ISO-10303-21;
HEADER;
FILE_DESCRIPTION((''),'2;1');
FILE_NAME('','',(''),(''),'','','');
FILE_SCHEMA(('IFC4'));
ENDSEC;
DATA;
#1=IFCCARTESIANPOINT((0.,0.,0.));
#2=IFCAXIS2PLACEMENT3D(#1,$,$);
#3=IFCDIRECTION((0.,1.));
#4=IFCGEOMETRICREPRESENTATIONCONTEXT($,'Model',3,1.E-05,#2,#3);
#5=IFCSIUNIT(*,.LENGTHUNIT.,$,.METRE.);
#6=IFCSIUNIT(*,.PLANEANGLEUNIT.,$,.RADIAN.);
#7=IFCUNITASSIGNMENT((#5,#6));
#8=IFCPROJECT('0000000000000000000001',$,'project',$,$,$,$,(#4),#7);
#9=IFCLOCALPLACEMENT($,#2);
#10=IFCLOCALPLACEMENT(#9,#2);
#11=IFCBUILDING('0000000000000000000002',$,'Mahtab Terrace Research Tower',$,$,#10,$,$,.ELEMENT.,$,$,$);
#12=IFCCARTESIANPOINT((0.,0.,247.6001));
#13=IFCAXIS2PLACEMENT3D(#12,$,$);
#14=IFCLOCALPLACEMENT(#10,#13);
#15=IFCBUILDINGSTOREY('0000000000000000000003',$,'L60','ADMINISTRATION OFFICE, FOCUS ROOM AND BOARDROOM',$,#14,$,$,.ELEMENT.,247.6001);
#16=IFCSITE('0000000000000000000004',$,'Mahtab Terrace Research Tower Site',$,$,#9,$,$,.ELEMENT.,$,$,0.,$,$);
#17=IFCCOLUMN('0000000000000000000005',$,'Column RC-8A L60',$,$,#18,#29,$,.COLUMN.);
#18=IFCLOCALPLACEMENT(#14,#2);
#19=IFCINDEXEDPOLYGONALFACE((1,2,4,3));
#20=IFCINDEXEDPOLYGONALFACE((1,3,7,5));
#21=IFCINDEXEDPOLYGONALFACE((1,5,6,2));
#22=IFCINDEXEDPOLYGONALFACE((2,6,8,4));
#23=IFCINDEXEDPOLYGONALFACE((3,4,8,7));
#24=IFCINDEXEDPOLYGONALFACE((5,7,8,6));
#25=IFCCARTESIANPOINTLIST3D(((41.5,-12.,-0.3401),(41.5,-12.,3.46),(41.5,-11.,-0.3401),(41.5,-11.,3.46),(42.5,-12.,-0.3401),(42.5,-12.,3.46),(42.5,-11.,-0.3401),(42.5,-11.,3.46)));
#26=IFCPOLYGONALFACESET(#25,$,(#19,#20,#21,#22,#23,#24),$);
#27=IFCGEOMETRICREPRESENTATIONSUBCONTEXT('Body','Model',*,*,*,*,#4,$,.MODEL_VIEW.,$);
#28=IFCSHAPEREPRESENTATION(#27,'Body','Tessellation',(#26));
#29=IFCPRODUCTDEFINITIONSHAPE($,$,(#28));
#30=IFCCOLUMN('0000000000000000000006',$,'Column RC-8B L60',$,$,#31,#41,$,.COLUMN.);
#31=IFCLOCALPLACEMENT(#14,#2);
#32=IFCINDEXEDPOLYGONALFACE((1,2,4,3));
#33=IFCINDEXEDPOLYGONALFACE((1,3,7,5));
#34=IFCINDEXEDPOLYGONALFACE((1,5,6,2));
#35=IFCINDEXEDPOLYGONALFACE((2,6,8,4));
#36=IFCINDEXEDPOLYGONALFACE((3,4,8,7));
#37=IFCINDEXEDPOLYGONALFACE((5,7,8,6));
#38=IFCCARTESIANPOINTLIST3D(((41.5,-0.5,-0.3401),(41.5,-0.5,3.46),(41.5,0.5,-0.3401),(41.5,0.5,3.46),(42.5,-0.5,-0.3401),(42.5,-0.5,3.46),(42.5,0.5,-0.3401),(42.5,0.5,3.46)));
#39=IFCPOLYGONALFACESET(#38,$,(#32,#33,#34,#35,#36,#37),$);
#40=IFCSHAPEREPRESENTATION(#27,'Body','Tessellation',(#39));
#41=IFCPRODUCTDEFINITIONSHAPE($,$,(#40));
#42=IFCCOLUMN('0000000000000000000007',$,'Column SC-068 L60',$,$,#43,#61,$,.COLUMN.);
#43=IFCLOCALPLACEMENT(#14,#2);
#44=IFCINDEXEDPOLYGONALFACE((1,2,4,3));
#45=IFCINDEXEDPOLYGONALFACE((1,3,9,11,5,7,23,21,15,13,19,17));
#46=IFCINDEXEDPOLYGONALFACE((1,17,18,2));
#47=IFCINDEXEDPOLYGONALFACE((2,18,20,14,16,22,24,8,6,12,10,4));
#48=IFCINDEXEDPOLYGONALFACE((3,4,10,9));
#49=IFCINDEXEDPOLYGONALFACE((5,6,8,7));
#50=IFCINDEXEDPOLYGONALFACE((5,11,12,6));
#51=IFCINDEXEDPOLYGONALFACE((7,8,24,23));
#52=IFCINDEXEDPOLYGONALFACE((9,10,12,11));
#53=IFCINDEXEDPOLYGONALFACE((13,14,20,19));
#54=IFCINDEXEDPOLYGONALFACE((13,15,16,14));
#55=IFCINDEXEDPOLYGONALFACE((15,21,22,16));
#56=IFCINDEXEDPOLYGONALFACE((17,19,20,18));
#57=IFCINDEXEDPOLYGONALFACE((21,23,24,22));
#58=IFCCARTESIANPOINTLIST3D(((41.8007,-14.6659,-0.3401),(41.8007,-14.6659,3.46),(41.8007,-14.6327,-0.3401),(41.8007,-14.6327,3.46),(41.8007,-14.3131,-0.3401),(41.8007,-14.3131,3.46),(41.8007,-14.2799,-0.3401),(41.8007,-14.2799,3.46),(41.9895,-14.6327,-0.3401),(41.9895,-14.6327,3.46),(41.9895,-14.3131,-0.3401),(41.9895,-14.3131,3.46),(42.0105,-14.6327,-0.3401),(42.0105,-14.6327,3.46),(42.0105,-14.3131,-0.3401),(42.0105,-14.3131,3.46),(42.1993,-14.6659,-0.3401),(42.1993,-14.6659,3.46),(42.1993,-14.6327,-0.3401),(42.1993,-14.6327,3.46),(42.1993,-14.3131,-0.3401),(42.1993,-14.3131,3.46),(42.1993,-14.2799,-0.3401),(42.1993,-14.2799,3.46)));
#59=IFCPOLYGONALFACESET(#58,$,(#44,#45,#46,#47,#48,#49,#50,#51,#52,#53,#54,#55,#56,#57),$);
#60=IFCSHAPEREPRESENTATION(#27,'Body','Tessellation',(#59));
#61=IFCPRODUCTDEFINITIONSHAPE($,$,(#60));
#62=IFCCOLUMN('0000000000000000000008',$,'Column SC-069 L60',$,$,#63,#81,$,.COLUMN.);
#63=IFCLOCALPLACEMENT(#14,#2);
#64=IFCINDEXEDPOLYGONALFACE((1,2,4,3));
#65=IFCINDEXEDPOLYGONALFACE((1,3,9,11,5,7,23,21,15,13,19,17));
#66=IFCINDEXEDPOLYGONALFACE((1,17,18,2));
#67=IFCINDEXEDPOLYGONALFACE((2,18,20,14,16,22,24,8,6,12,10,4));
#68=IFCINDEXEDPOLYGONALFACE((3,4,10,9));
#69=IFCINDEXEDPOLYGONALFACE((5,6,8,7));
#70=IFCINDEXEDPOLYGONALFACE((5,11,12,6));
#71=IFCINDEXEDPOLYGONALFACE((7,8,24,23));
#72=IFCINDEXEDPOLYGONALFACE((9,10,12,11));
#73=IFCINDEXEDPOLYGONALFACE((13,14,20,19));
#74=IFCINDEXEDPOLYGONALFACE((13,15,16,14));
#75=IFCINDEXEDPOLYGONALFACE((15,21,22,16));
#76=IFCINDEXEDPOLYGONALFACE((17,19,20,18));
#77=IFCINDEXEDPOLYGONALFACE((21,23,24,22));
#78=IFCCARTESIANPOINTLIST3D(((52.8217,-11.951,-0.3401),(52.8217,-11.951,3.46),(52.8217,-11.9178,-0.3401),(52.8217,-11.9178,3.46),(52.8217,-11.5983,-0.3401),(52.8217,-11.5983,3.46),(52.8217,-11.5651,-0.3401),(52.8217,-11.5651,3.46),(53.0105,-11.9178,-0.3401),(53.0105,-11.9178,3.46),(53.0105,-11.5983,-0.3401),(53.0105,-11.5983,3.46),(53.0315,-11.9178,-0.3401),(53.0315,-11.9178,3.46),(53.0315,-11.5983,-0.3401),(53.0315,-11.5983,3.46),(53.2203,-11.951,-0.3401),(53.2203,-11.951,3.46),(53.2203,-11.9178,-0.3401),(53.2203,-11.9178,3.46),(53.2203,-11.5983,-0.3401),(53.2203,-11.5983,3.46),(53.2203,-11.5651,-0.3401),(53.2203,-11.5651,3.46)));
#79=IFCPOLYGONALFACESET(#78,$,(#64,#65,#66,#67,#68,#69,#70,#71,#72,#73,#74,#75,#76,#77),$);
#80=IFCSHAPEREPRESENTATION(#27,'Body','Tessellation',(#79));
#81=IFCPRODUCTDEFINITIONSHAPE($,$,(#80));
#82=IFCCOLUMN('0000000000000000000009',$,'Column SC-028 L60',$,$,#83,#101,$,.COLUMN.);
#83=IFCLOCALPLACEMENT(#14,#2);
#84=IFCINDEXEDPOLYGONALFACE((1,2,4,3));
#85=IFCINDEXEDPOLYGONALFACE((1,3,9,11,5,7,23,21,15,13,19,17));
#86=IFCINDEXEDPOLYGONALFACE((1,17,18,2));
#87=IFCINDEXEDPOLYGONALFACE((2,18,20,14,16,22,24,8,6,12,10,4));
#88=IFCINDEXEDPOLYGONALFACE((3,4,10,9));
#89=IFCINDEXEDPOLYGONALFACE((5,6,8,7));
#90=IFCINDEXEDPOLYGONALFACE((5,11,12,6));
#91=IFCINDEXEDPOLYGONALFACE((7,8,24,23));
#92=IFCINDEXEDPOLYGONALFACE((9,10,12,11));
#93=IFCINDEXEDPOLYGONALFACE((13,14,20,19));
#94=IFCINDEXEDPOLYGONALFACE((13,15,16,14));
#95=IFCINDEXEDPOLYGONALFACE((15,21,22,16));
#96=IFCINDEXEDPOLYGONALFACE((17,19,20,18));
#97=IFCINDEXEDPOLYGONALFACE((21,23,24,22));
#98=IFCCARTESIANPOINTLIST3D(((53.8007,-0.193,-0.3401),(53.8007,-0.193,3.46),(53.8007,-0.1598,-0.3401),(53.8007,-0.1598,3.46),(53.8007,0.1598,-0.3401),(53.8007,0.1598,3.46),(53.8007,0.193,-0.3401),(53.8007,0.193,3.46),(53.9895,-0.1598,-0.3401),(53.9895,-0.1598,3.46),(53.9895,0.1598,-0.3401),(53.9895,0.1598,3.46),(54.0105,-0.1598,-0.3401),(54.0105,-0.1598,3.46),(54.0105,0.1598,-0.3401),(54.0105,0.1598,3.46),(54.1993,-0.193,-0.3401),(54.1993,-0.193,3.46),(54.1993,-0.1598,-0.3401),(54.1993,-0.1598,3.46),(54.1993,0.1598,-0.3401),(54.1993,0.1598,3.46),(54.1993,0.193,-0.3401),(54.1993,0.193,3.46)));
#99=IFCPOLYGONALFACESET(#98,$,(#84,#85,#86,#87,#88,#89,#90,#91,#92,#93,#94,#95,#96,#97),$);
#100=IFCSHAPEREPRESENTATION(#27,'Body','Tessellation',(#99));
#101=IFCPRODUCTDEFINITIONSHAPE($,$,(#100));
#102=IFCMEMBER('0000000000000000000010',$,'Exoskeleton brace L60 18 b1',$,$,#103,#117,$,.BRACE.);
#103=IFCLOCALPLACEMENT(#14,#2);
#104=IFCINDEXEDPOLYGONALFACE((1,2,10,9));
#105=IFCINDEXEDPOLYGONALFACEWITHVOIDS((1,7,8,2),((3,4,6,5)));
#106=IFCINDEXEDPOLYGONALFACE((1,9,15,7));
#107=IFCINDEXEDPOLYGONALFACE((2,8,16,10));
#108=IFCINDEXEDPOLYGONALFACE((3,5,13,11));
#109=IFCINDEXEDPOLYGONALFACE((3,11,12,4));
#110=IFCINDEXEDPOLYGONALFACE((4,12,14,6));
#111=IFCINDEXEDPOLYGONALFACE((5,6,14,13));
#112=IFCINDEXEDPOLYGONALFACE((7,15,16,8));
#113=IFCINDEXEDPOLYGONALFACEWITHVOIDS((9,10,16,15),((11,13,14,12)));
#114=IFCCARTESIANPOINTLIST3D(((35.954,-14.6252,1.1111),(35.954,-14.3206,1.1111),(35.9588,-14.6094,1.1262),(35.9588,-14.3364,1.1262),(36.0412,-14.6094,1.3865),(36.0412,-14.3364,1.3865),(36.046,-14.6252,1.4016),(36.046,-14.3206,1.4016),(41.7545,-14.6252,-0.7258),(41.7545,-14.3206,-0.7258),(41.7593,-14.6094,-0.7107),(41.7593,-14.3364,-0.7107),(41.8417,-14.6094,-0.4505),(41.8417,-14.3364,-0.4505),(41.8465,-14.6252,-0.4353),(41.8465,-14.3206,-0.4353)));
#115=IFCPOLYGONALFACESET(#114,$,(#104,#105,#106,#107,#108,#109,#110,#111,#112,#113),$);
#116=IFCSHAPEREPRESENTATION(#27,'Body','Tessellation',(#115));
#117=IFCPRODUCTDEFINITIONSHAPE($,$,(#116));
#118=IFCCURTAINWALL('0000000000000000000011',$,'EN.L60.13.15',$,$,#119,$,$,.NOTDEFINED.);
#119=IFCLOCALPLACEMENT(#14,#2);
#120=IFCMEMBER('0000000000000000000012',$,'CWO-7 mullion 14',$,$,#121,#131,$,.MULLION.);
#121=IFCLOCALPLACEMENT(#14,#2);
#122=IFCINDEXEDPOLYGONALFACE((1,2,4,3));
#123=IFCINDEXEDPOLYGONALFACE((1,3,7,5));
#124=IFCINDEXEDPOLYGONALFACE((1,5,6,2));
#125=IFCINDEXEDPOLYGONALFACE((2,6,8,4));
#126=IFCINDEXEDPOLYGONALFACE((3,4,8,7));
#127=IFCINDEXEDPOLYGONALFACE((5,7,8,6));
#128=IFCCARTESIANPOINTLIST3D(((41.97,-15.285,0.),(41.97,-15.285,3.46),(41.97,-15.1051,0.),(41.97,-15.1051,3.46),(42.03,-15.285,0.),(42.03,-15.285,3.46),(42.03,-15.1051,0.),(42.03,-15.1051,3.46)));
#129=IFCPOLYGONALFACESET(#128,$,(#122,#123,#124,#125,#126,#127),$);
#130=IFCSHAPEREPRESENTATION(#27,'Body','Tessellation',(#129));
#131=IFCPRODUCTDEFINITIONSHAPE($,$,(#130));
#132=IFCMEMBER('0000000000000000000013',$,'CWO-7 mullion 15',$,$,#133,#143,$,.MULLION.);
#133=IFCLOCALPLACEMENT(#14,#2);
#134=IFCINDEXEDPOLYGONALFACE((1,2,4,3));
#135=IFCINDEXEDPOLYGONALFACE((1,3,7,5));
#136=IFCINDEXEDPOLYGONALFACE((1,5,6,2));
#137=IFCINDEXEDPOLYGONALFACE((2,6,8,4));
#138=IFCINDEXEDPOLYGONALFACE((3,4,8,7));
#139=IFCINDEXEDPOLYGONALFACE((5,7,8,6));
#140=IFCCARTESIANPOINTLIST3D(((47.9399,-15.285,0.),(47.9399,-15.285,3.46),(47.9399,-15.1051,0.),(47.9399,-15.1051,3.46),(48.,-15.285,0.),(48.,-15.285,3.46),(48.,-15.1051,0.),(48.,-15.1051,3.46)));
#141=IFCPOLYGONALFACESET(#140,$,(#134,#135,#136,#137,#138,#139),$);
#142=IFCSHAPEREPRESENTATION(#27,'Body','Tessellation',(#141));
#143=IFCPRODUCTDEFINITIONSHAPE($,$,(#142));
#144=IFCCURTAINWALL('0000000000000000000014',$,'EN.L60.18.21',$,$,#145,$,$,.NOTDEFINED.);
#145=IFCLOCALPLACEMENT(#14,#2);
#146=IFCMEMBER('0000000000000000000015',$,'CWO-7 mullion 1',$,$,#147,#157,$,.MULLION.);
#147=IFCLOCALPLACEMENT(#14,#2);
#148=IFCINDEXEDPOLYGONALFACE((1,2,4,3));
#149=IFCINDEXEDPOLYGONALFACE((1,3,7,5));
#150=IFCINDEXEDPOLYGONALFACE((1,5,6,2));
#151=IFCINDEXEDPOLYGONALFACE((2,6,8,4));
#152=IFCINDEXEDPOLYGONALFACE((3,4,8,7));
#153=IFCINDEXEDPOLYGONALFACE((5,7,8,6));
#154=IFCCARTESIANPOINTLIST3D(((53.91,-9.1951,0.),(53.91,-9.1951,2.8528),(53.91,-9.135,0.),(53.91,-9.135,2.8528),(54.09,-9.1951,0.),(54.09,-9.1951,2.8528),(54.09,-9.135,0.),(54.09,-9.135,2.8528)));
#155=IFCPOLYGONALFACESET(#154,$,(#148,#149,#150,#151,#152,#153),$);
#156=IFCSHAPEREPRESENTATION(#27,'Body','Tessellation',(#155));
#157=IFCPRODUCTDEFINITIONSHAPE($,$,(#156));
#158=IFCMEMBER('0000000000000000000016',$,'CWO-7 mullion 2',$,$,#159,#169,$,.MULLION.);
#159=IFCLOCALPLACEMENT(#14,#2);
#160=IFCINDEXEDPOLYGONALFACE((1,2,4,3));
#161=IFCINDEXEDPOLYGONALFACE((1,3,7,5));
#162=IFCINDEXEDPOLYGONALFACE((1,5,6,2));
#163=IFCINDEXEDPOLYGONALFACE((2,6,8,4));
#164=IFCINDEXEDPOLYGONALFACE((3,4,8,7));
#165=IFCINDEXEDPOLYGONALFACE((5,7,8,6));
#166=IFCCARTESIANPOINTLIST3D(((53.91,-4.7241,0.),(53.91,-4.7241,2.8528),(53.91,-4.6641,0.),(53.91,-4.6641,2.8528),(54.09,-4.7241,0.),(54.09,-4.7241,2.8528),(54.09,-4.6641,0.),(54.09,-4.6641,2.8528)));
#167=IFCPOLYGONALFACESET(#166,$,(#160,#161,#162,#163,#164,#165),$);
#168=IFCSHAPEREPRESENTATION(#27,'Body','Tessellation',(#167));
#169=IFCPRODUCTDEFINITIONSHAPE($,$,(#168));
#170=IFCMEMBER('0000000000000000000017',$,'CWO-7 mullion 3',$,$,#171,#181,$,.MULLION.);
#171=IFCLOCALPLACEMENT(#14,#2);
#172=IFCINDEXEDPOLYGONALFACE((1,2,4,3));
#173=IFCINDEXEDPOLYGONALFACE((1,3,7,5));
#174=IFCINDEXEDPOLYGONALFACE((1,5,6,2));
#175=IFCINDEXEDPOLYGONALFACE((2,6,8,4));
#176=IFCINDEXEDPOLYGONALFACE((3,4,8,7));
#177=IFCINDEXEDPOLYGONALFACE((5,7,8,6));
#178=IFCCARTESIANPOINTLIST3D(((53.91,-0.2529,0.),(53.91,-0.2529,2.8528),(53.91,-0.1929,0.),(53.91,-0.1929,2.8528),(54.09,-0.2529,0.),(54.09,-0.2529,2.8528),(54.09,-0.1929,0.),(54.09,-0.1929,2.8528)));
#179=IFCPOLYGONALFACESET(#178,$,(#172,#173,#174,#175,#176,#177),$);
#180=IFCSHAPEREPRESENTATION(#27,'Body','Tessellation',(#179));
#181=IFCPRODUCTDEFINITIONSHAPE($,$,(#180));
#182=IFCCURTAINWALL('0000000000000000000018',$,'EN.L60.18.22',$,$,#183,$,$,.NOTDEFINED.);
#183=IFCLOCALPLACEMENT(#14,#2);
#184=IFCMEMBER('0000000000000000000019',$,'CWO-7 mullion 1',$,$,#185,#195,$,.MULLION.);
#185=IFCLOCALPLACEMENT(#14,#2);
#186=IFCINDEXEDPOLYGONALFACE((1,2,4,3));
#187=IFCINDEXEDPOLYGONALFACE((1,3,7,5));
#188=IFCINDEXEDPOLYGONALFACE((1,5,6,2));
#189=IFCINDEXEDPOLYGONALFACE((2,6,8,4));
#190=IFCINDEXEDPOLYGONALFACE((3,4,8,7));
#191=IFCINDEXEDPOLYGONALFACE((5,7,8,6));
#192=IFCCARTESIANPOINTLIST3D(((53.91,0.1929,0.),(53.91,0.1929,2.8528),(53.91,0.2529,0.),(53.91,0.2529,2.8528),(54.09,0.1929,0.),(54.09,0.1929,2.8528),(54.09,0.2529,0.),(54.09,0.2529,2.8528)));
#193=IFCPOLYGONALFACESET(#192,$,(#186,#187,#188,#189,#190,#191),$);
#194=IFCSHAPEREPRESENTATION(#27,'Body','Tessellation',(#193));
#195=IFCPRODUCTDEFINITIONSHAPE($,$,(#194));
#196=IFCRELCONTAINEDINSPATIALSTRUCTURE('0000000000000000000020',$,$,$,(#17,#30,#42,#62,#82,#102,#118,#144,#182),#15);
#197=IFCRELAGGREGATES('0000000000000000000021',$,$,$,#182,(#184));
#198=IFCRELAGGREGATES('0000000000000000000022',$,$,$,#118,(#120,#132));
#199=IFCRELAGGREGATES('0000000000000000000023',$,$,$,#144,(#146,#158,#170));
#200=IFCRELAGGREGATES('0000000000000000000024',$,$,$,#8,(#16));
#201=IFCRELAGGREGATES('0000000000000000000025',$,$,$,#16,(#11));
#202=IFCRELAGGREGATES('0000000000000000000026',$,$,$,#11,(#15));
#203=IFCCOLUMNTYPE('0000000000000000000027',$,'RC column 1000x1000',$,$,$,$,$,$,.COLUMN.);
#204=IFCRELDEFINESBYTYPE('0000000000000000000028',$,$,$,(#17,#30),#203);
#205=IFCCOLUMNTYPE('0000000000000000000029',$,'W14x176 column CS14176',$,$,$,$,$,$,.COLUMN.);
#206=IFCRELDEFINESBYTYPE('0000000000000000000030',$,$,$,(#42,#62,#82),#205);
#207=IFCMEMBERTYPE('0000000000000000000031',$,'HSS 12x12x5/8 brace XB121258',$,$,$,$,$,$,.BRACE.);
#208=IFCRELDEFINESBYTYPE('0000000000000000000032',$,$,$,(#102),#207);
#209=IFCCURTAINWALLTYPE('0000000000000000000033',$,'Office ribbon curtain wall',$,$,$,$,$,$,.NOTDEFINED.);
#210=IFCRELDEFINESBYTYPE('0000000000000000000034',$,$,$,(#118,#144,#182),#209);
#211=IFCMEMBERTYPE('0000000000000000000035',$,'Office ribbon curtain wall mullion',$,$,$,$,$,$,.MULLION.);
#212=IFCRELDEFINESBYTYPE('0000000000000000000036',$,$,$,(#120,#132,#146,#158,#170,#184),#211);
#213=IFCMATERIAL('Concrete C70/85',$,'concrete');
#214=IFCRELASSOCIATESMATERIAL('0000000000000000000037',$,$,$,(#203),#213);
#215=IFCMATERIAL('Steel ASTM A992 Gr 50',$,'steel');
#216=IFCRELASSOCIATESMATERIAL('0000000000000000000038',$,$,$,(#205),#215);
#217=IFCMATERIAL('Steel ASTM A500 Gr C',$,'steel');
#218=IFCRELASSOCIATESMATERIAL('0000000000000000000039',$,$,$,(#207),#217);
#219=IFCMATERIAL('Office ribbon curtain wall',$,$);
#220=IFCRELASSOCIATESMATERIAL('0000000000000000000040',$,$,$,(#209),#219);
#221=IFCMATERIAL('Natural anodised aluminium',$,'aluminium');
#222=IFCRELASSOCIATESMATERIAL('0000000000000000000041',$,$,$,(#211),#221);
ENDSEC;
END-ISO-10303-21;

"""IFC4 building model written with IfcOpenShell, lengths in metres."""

from ifc_helpers import new_model, si_unit, direction, frame, origin, origin_2d, place, context, subcontext, project, spatial, rectangle, hollow_rectangle, i_section, extrude, material, material_profile, profile_set, type_object, element, aggregate, save


model = new_model("IFC4")

# Units and contexts
model_context = context("Model", 3, precision=1e-05, world=origin(), true_north=direction((0.0, 1.0)))
body_context = subcontext(model_context, "Body", "Model", "MODEL_VIEW")
ifc_project = project(units=[si_unit("LENGTHUNIT", "METRE"), si_unit("PLANEANGLEUNIT", "RADIAN")], contexts=[model_context])

# Site, building, storey
site_placement = place(None, origin())
site = spatial("IfcSite", under=ifc_project, at=site_placement, Name="Mahtab Terrace Research Tower Site", CompositionType="ELEMENT", RefElevation=0.0)
building_placement = place(site_placement, origin())
building = spatial("IfcBuilding", under=site, at=building_placement, Name="Mahtab Terrace Research Tower", CompositionType="ELEMENT")
storey_placement = place(building_placement, frame((0.0, 0.0, 247.6001)))
storey = spatial("IfcBuildingStorey", under=building, at=storey_placement, Name="L60", Description="ADMINISTRATION OFFICE, FOCUS ROOM AND BOARDROOM", CompositionType="ELEMENT", Elevation=247.6001)

# Columns
ifc_material_1 = material(Name="Concrete C70/85", Category="concrete")
ifc_material_profile_1 = material_profile(ifc_material_1, rectangle(XDim=1.0, YDim=1.0, at=origin_2d()), Name="RC column 1000x1000")
ifc_profile_set_1 = profile_set([ifc_material_profile_1], Name="Concrete C70/85")
column_type_1 = type_object("IfcColumnType", Name="RC column 1000x1000", PredefinedType="COLUMN", material=ifc_profile_set_1)
for number, where, z_axis, x_axis, name in (
    (1, (42.0, -11.5, -0.3401), (0.0, 0.0, 1.0), (1.0, 0.0, 0.0), "Column RC-8A L60"),
    (2, (42.0, 0.0, -0.3401), (0.0, 0.0, 1.0), (1.0, 0.0, 0.0), "Column RC-8B L60"),
):
    element("IfcColumn", number, at=place(storey_placement, frame(where, z_axis=z_axis, x_axis=x_axis)), inside=storey, type_object=column_type_1, Name=name, PredefinedType="COLUMN", context=body_context, shape_type="SweptSolid", body=[
        extrude(rectangle(XDim=1.0, YDim=1.0, at=origin_2d()), origin(), (0.0, 0.0, 1.0), 3.8),
    ])
ifc_material_2 = material(Name="Steel ASTM A992 Gr 50", Category="steel")
ifc_material_profile_2 = material_profile(ifc_material_2, i_section(OverallWidth=0.3987, OverallDepth=0.386, WebThickness=0.021, FlangeThickness=0.0332, at=origin_2d()), Name="W14X176")
ifc_profile_set_2 = profile_set([ifc_material_profile_2], Name="Steel ASTM A992 Gr 50")
column_type_2 = type_object("IfcColumnType", Name="W14x176 column CS14176", PredefinedType="COLUMN", material=ifc_profile_set_2)
for number, where, z_axis, x_axis, name in (
    (3, (42.0, -14.4729, -0.3401), (0.0, 0.0, 1.0), (1.0, 0.0, 0.0), "Column SC-068 L60"),
    (4, (53.021, -11.7581, -0.3401), (0.0, 0.0, 1.0), (1.0, 0.0, 0.0), "Column SC-069 L60"),
    (5, (54.0, 0.0, -0.3401), (0.0, 0.0, 1.0), (1.0, 0.0, 0.0), "Column SC-028 L60"),
):
    element("IfcColumn", number, at=place(storey_placement, frame(where, z_axis=z_axis, x_axis=x_axis)), inside=storey, type_object=column_type_2, Name=name, PredefinedType="COLUMN", context=body_context, shape_type="SweptSolid", body=[
        extrude(i_section(OverallWidth=0.3987, OverallDepth=0.386, WebThickness=0.021, FlangeThickness=0.0332, at=origin_2d()), origin(), (0.0, 0.0, 1.0), 3.8),
    ])

# Member
ifc_material_3 = material(Name="Steel ASTM A500 Gr C", Category="steel")
ifc_material_profile_3 = material_profile(ifc_material_3, hollow_rectangle(XDim=0.3047, YDim=0.3047, WallThickness=0.0159, at=origin_2d()), Name="HSS12X12X5/8")
ifc_profile_set_3 = profile_set([ifc_material_profile_3], Name="Steel ASTM A500 Gr C")
member_type_1 = type_object("IfcMemberType", Name="HSS 12x12x5/8 brace XB121258", PredefinedType="BRACE", material=ifc_profile_set_3)
member_1_placement = place(storey_placement, frame((41.8005, -14.4729, -0.5806), z_axis=(-0.953339, 0.0, 0.301903), x_axis=(0.0, -1.0, 0.0)))
element("IfcMember", 6, at=member_1_placement, inside=storey, type_object=member_type_1, Name="Exoskeleton brace L60 18 b1", PredefinedType="BRACE", context=body_context, shape_type="SweptSolid", body=[
    extrude(hollow_rectangle(XDim=0.3047, YDim=0.3047, WallThickness=0.0159, at=origin_2d()), origin(), (0.0, 0.0, 1.0), 6.0845),
])

# Curtain walls, members
ifc_material_4 = material(Name="Office ribbon curtain wall")
curtain_wall_type = type_object("IfcCurtainWallType", Name="Office ribbon curtain wall", PredefinedType="NOTDEFINED", material=ifc_material_4)
curtain_wall_1_placement = place(storey_placement, origin())
curtain_wall_1 = element("IfcCurtainWall", 7, at=curtain_wall_1_placement, inside=storey, type_object=curtain_wall_type, Name="EN.L60.13.15", PredefinedType="NOTDEFINED")
ifc_material_5 = material(Name="Natural anodised aluminium", Category="aluminium")
ifc_material_profile_4 = material_profile(ifc_material_5, rectangle(XDim=0.1799, YDim=0.0601, at=origin_2d()), Name="MULLION 60x180")
ifc_profile_set_4 = profile_set([ifc_material_profile_4], Name="Natural anodised aluminium")
member_type_2 = type_object("IfcMemberType", Name="Office ribbon curtain wall mullion", PredefinedType="MULLION", material=ifc_profile_set_4)
member_2_placement = place(storey_placement, frame((42.0, -15.1951, 0.0), z_axis=(0.0, 0.0, 1.0), x_axis=(0.0, 1.0, 0.0)))
member_2 = element("IfcMember", 8, at=member_2_placement, type_object=member_type_2, Name="CWO-7 mullion 14", PredefinedType="MULLION", context=body_context, shape_type="SweptSolid", body=[
    extrude(rectangle(XDim=0.1799, YDim=0.0601, at=origin_2d()), origin(), (0.0, 0.0, 1.0), 3.46),
])
member_3_placement = place(storey_placement, frame((47.97, -15.1951, 0.0), z_axis=(0.0, 0.0, 1.0), x_axis=(0.0, 1.0, 0.0)))
member_3 = element("IfcMember", 9, at=member_3_placement, type_object=member_type_2, Name="CWO-7 mullion 15", PredefinedType="MULLION", context=body_context, shape_type="SweptSolid", body=[
    extrude(rectangle(XDim=0.1799, YDim=0.0601, at=origin_2d()), origin(), (0.0, 0.0, 1.0), 3.46),
])
curtain_wall_2_placement = place(storey_placement, origin())
curtain_wall_2 = element("IfcCurtainWall", 10, at=curtain_wall_2_placement, inside=storey, type_object=curtain_wall_type, Name="EN.L60.18.21", PredefinedType="NOTDEFINED")
member_4_placement = place(storey_placement, frame((54.0, -9.165, 0.0), z_axis=(0.0, 0.0, 1.0), x_axis=(-1.0, 0.0, 0.0)))
member_4 = element("IfcMember", 11, at=member_4_placement, type_object=member_type_2, Name="CWO-7 mullion 1", PredefinedType="MULLION", context=body_context, shape_type="SweptSolid", body=[
    extrude(rectangle(XDim=0.1799, YDim=0.0601, at=origin_2d()), origin(), (0.0, 0.0, 1.0), 2.8528),
])
member_5_placement = place(storey_placement, frame((54.0, -4.6941, 0.0), z_axis=(0.0, 0.0, 1.0), x_axis=(-1.0, 0.0, 0.0)))
member_5 = element("IfcMember", 12, at=member_5_placement, type_object=member_type_2, Name="CWO-7 mullion 2", PredefinedType="MULLION", context=body_context, shape_type="SweptSolid", body=[
    extrude(rectangle(XDim=0.1799, YDim=0.0601, at=origin_2d()), origin(), (0.0, 0.0, 1.0), 2.8528),
])
member_6_placement = place(storey_placement, frame((54.0, -0.2229, 0.0), z_axis=(0.0, 0.0, 1.0), x_axis=(-1.0, 0.0, 0.0)))
member_6 = element("IfcMember", 13, at=member_6_placement, type_object=member_type_2, Name="CWO-7 mullion 3", PredefinedType="MULLION", context=body_context, shape_type="SweptSolid", body=[
    extrude(rectangle(XDim=0.1799, YDim=0.0601, at=origin_2d()), origin(), (0.0, 0.0, 1.0), 2.8528),
])

# Curtain wall, member
curtain_wall_3_placement = place(storey_placement, origin())
curtain_wall_3 = element("IfcCurtainWall", 14, at=curtain_wall_3_placement, inside=storey, type_object=curtain_wall_type, Name="EN.L60.18.22", PredefinedType="NOTDEFINED")
member_7_placement = place(storey_placement, frame((54.0, 0.2229, 0.0), z_axis=(0.0, 0.0, 1.0), x_axis=(-1.0, 0.0, 0.0)))
member_7 = element("IfcMember", 15, at=member_7_placement, type_object=member_type_2, Name="CWO-7 mullion 1", PredefinedType="MULLION", context=body_context, shape_type="SweptSolid", body=[
    extrude(rectangle(XDim=0.1799, YDim=0.0601, at=origin_2d()), origin(), (0.0, 0.0, 1.0), 2.8528),
])
aggregate(curtain_wall_3, [member_7])

aggregate(curtain_wall_1, [member_2, member_3])
aggregate(curtain_wall_2, [member_4, member_5, member_6])

save(model, "model.ifc")
